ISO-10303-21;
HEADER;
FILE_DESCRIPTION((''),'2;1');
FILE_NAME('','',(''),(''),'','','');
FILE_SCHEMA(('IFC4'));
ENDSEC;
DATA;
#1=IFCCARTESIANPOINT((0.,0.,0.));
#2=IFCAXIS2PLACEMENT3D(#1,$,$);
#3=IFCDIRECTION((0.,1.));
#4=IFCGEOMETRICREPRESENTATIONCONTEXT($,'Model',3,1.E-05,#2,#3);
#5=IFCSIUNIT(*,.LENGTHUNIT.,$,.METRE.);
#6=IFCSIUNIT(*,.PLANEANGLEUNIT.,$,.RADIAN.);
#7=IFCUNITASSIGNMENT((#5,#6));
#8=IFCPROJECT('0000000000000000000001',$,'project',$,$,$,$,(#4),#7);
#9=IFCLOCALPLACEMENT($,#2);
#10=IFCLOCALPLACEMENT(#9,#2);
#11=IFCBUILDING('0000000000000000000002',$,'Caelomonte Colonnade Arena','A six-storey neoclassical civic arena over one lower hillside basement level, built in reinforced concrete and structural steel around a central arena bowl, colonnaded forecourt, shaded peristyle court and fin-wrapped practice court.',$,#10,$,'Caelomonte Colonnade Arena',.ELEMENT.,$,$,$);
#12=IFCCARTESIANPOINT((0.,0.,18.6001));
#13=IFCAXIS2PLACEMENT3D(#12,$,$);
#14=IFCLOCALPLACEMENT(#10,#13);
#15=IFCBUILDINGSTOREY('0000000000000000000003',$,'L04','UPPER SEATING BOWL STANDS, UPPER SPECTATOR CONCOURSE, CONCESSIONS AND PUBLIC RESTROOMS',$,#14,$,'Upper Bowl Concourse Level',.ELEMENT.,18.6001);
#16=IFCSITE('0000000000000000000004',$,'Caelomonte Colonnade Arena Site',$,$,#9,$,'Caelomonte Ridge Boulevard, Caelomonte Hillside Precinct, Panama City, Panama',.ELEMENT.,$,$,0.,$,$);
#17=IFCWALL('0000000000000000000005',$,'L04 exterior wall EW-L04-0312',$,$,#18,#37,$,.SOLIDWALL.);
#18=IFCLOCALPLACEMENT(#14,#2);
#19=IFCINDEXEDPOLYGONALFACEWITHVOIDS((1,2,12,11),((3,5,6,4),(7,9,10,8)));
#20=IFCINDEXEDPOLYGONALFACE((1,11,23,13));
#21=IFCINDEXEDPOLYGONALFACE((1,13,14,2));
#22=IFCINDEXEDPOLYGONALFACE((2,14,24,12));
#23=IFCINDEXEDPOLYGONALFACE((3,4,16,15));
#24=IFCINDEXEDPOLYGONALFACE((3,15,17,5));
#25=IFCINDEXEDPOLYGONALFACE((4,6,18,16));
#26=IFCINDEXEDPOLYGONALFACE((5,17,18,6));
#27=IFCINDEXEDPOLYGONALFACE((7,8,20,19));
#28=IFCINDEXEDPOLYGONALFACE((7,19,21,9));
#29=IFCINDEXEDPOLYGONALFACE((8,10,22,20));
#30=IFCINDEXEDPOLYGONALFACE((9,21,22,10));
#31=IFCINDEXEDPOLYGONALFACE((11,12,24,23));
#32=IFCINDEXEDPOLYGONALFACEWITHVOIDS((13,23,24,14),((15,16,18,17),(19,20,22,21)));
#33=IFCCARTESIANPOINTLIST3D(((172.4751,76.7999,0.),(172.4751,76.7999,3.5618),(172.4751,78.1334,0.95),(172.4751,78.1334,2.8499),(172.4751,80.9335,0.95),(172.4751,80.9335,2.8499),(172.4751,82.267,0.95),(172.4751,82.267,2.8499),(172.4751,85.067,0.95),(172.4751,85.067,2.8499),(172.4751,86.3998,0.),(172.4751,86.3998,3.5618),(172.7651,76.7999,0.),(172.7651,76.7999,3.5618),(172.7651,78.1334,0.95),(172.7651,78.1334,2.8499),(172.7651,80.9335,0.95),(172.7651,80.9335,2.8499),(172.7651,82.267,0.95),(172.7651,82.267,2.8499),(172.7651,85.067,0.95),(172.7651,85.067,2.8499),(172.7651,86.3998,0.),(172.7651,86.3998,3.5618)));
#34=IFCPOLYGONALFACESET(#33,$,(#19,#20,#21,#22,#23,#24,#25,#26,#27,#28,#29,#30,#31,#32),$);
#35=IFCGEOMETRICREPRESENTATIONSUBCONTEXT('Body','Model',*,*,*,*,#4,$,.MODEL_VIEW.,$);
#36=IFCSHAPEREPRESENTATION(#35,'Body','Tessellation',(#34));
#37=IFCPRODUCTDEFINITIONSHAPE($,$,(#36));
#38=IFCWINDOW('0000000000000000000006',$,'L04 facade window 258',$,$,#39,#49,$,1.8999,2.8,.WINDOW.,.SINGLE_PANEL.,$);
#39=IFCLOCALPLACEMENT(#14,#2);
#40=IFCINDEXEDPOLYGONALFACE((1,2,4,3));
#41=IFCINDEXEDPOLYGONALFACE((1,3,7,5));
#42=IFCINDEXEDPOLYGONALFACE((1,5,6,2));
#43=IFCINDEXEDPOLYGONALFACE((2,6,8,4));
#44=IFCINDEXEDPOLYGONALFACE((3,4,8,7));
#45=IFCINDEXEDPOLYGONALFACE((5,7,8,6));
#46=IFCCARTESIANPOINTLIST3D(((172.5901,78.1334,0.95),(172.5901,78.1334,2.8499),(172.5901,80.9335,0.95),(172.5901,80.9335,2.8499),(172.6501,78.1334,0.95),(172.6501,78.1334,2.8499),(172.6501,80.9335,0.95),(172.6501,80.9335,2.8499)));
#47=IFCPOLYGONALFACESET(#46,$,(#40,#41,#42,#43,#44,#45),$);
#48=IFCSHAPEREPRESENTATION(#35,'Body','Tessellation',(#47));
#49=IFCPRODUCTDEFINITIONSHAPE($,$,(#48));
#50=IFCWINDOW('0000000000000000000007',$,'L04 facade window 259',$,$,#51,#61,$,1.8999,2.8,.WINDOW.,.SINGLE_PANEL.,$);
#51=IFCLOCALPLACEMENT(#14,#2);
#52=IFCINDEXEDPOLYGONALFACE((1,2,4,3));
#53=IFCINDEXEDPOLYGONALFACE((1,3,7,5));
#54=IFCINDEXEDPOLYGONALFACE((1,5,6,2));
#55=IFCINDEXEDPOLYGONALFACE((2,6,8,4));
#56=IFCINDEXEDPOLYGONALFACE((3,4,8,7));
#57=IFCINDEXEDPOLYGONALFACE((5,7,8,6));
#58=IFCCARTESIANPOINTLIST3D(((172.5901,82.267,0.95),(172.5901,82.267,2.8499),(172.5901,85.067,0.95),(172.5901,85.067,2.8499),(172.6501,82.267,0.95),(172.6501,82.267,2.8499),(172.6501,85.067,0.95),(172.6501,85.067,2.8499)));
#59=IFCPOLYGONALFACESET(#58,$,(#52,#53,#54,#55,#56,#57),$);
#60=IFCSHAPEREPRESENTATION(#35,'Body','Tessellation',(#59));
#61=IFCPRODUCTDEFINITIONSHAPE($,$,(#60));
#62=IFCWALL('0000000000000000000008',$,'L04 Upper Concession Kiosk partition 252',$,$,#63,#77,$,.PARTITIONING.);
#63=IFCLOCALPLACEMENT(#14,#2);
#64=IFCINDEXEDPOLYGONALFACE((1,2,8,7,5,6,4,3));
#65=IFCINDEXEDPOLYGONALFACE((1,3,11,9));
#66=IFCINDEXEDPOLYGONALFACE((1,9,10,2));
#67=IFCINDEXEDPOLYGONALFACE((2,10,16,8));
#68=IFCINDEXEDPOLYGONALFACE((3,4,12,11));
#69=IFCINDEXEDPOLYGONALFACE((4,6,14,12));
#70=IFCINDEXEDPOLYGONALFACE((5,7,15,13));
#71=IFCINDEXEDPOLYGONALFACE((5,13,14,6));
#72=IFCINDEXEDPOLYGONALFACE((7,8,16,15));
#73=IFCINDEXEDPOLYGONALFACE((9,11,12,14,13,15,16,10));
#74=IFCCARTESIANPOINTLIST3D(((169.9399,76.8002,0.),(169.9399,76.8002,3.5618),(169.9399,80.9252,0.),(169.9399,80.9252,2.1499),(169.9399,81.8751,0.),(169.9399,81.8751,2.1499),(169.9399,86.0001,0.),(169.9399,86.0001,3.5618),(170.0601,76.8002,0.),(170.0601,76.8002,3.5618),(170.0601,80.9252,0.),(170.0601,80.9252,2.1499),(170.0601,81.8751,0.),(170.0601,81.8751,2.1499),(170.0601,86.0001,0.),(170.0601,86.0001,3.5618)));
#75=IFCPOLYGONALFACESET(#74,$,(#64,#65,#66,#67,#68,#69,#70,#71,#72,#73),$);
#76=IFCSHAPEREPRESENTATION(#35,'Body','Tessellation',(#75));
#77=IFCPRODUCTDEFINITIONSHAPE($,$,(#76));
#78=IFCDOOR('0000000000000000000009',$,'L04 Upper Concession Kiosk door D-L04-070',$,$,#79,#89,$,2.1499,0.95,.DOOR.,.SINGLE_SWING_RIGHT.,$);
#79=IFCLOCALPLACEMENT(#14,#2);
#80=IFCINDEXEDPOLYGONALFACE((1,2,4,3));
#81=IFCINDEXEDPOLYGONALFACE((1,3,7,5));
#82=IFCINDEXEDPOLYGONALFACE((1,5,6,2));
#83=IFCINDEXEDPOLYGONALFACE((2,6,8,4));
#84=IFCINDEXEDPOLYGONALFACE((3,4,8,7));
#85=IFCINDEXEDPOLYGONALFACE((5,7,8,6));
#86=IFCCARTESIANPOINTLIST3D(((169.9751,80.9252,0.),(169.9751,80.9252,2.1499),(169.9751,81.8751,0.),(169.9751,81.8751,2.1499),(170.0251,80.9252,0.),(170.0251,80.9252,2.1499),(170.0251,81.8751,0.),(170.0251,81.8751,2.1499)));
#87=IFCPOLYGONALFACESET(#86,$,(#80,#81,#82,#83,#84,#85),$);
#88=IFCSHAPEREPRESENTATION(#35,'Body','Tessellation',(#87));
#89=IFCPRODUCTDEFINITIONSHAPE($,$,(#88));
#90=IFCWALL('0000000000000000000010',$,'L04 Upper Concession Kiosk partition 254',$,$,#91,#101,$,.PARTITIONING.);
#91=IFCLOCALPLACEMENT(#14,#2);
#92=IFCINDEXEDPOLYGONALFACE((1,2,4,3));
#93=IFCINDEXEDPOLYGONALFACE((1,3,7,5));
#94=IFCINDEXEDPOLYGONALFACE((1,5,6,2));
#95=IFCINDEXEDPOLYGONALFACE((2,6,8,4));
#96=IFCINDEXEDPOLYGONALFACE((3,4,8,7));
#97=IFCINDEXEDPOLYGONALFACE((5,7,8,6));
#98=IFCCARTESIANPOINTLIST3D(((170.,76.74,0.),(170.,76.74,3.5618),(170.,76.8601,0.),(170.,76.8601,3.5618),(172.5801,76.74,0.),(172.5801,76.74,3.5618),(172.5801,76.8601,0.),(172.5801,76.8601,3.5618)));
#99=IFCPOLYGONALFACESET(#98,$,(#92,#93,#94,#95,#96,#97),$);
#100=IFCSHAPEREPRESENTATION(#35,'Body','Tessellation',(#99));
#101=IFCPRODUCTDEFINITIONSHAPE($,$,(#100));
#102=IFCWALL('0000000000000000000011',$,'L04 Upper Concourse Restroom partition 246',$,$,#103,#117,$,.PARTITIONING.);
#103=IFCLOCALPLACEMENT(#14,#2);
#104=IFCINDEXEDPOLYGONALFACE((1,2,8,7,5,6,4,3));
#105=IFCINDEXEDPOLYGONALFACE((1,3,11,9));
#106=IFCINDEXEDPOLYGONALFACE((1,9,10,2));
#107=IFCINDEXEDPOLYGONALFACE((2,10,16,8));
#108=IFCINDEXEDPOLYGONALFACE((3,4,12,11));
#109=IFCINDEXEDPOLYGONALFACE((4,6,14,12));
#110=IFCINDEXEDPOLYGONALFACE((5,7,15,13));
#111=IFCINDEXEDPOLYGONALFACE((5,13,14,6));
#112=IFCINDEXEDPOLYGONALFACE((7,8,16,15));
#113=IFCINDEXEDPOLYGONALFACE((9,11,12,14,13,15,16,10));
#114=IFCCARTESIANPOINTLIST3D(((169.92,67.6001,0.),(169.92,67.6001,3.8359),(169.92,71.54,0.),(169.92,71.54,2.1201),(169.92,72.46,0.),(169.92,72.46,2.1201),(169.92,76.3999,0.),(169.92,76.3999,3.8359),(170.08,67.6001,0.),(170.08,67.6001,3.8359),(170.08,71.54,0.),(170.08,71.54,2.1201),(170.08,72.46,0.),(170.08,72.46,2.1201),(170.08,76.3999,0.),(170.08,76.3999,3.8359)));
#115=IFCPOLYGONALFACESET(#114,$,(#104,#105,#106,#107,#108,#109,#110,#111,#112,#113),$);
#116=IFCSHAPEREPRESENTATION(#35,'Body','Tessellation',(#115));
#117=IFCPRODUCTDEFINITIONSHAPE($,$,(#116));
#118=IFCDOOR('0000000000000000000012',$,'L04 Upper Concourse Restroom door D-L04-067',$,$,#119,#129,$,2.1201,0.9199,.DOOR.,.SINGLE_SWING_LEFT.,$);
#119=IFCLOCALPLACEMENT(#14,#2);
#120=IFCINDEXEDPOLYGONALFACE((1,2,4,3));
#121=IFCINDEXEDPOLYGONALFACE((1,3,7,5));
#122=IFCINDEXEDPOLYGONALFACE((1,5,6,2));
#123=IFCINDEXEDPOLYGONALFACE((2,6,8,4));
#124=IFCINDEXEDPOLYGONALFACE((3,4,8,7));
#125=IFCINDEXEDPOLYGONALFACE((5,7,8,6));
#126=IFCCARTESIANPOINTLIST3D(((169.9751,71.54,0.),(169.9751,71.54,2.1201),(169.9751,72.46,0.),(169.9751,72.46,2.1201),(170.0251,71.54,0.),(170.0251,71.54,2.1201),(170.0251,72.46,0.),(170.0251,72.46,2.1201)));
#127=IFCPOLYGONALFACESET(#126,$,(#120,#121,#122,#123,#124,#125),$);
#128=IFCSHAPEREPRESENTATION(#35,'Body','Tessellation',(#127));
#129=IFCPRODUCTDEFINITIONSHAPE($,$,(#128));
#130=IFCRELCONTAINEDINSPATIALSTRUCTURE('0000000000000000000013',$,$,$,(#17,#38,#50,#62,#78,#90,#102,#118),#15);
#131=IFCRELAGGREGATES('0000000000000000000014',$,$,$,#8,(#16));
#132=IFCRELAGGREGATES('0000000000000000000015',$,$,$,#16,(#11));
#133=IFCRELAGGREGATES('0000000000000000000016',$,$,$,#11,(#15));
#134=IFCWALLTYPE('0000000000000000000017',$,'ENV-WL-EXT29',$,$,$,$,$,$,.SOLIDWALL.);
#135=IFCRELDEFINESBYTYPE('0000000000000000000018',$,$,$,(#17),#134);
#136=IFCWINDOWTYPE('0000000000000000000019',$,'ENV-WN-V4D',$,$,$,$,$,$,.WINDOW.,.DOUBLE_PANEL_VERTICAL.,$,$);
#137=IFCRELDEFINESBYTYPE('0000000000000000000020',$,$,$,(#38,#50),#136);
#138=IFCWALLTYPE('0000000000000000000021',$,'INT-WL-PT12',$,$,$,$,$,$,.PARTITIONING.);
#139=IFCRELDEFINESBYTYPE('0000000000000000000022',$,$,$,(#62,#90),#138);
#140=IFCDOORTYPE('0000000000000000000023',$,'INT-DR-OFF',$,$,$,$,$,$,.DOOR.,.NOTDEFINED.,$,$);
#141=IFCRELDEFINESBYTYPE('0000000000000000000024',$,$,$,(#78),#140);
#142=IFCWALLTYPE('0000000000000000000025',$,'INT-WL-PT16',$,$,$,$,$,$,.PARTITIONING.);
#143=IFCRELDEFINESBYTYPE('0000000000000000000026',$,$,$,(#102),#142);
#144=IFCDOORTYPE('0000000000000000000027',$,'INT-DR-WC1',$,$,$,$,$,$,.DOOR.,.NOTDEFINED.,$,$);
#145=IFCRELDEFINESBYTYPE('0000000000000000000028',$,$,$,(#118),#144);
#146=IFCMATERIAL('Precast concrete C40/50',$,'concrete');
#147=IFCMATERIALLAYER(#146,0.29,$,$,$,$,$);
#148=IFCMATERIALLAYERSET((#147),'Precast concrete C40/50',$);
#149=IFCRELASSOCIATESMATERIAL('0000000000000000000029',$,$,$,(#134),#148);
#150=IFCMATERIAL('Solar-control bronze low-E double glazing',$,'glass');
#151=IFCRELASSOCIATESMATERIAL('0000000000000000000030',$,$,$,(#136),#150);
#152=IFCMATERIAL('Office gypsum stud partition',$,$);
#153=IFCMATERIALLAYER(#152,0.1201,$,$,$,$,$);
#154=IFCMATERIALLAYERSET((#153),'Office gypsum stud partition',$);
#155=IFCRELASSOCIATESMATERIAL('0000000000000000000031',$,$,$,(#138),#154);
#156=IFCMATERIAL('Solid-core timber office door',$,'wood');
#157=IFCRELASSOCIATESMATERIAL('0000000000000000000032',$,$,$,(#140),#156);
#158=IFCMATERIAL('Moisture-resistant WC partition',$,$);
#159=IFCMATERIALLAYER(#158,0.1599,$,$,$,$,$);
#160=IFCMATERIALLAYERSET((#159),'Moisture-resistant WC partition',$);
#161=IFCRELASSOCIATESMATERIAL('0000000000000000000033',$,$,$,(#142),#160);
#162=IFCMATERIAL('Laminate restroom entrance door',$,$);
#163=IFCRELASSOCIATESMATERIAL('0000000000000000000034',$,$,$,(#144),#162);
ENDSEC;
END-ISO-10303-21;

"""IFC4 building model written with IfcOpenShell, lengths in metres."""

from ifc_helpers import new_model, si_unit, direction, frame, frame_2d, origin, place, context, subcontext, project, spatial, rectangle, extrude, material, layer, layer_set, type_object, element, fill, save


model = new_model("IFC4")

# Units and contexts
model_context = context("Model", 3, precision=1e-05, world=origin(), true_north=direction((0.0, 1.0)))
body_context = subcontext(model_context, "Body", "Model", "MODEL_VIEW")
ifc_project = project(units=[si_unit("LENGTHUNIT", "METRE"), si_unit("PLANEANGLEUNIT", "RADIAN")], contexts=[model_context])

# Site, building, storey
site_placement = place(None, origin())
site = spatial("IfcSite", under=ifc_project, at=site_placement, Name="Caelomonte Colonnade Arena Site", LongName="Caelomonte Ridge Boulevard, Caelomonte Hillside Precinct, Panama City, Panama", CompositionType="ELEMENT", RefElevation=0.0)
building_placement = place(site_placement, origin())
building = spatial("IfcBuilding", under=site, at=building_placement, Name="Caelomonte Colonnade Arena", Description="A six-storey neoclassical civic arena over one lower hillside basement level, built in reinforced concrete and structural steel around a central arena bowl, colonnaded forecourt, shaded peristyle court and fin-wrapped practice court.", LongName="Caelomonte Colonnade Arena", CompositionType="ELEMENT")
storey_placement = place(building_placement, frame((0.0, 0.0, 18.6001)))
storey = spatial("IfcBuildingStorey", under=building, at=storey_placement, Name="L04", Description="UPPER SEATING BOWL STANDS, UPPER SPECTATOR CONCOURSE, CONCESSIONS AND PUBLIC RESTROOMS", LongName="Upper Bowl Concourse Level", CompositionType="ELEMENT", Elevation=18.6001)

# Shared definitions
ifc_material_1 = material(Name="Precast concrete C40/50", Category="concrete")
ifc_layer_1 = layer(ifc_material_1, 0.29)
ifc_layer_set_1 = layer_set([ifc_layer_1], Name="Precast concrete C40/50")
wall_type_1 = type_object("IfcWallType", Name="ENV-WL-EXT29", PredefinedType="SOLIDWALL", material=ifc_layer_set_1)
ifc_material_2 = material(Name="Solar-control bronze low-E double glazing", Category="glass")
window_type = type_object("IfcWindowType", Name="ENV-WN-V4D", PartitioningType="DOUBLE_PANEL_VERTICAL", PredefinedType="WINDOW", material=ifc_material_2)

# Wall, openings, windows
wall_1_placement = place(storey_placement, frame((172.6201, 76.8, 0.0), z_axis=(0.0, 0.0, 1.0), x_axis=(0.0, 1.0, 0.0)))
wall_1 = element("IfcWall", 1, at=wall_1_placement, inside=storey, type_object=wall_type_1, Name="L04 exterior wall EW-L04-0312", PredefinedType="SOLIDWALL", context=body_context, shape_type="SweptSolid", body=[
    extrude(rectangle(XDim=9.5999, YDim=0.29, at=frame_2d((4.7998, 0.0))), origin(), (0.0, 0.0, 1.0), 3.5618),
])
opening_1_placement = place(wall_1_placement, frame((4.1333, 0.0, 0.95), z_axis=(0.0, 0.0, 1.0), x_axis=(-1.0, 0.0, 0.0)))
opening_1 = element("IfcOpeningElement", 2, at=opening_1_placement, cuts=wall_1, PredefinedType="OPENING", context=body_context, shape_type="SweptSolid", body=[
    extrude(rectangle(XDim=2.8, YDim=1.8999, at=frame_2d((1.3999, 0.95))), frame((0.0, 0.155, 0.0), z_axis=(0.0, -1.0, 0.0), x_axis=(1.0, 0.0, 0.0)), (0.0, 0.0, 1.0), 0.3101),
])
opening_2_placement = place(wall_1_placement, frame((8.2668, 0.0, 0.95), z_axis=(0.0, 0.0, 1.0), x_axis=(-1.0, 0.0, 0.0)))
opening_2 = element("IfcOpeningElement", 3, at=opening_2_placement, cuts=wall_1, PredefinedType="OPENING", context=body_context, shape_type="SweptSolid", body=[
    extrude(rectangle(XDim=2.8, YDim=1.8999, at=frame_2d((1.3999, 0.95))), frame((0.0, 0.155, 0.0), z_axis=(0.0, -1.0, 0.0), x_axis=(1.0, 0.0, 0.0)), (0.0, 0.0, 1.0), 0.3101),
])
window_1_placement = place(opening_1_placement, origin())
window_1 = element("IfcWindow", 4, at=window_1_placement, inside=storey, type_object=window_type, Name="L04 facade window 258", OverallHeight=1.8999, OverallWidth=2.8, PartitioningType="SINGLE_PANEL", PredefinedType="WINDOW", context=body_context, shape_type="SweptSolid", body=[
    extrude(rectangle(XDim=2.8, YDim=1.8999, at=frame_2d((1.3999, 0.95))), frame((0.0, 0.03, 0.0), z_axis=(0.0, -1.0, 0.0), x_axis=(1.0, 0.0, 0.0)), (0.0, 0.0, 1.0), 0.0601),
])
fill(opening_1, window_1)
window_2_placement = place(opening_2_placement, origin())
window_2 = element("IfcWindow", 5, at=window_2_placement, inside=storey, type_object=window_type, Name="L04 facade window 259", OverallHeight=1.8999, OverallWidth=2.8, PartitioningType="SINGLE_PANEL", PredefinedType="WINDOW", context=body_context, shape_type="SweptSolid", body=[
    extrude(rectangle(XDim=2.8, YDim=1.8999, at=frame_2d((1.3999, 0.95))), frame((0.0, 0.03, 0.0), z_axis=(0.0, -1.0, 0.0), x_axis=(1.0, 0.0, 0.0)), (0.0, 0.0, 1.0), 0.0601),
])
fill(opening_2, window_2)

# Wall, opening, door
ifc_material_3 = material(Name="Office gypsum stud partition")
ifc_layer_2 = layer(ifc_material_3, 0.1201)
ifc_layer_set_2 = layer_set([ifc_layer_2], Name="Office gypsum stud partition")
wall_type_2 = type_object("IfcWallType", Name="INT-WL-PT12", PredefinedType="PARTITIONING", material=ifc_layer_set_2)
wall_2_placement = place(storey_placement, frame((170.0, 76.8, 0.0), z_axis=(0.0, 0.0, 1.0), x_axis=(0.0, 1.0, 0.0)))
wall_2 = element("IfcWall", 6, at=wall_2_placement, inside=storey, type_object=wall_type_2, Name="L04 Upper Concession Kiosk partition 252", PredefinedType="PARTITIONING", context=body_context, shape_type="SweptSolid", body=[
    extrude(rectangle(XDim=9.2, YDim=0.1201, at=frame_2d((4.6001, 0.0))), origin(), (0.0, 0.0, 1.0), 3.5618),
])
opening_3_placement = place(wall_2_placement, frame((4.125, 0.0, 0.0), z_axis=(0.0, 0.0, 1.0), x_axis=(1.0, 0.0, 0.0)))
opening_3 = element("IfcOpeningElement", 7, at=opening_3_placement, cuts=wall_2, PredefinedType="OPENING", context=body_context, shape_type="SweptSolid", body=[
    extrude(rectangle(XDim=0.95, YDim=2.1499, at=frame_2d((0.4751, 1.075))), frame((0.0, 0.0701, 0.0), z_axis=(0.0, -1.0, 0.0), x_axis=(1.0, 0.0, 0.0)), (0.0, 0.0, 1.0), 0.1401),
])
ifc_material_4 = material(Name="Solid-core timber office door", Category="wood")
door_type_1 = type_object("IfcDoorType", Name="INT-DR-OFF", OperationType="NOTDEFINED", PredefinedType="DOOR", material=ifc_material_4)
door_1_placement = place(opening_3_placement, origin())
door_1 = element("IfcDoor", 8, at=door_1_placement, inside=storey, type_object=door_type_1, Name="L04 Upper Concession Kiosk door D-L04-070", OperationType="SINGLE_SWING_RIGHT", OverallHeight=2.1499, OverallWidth=0.95, PredefinedType="DOOR", context=body_context, shape_type="SweptSolid", body=[
    extrude(rectangle(XDim=0.95, YDim=2.1499, at=frame_2d((0.4751, 1.075))), frame((0.0, 0.0249, 0.0), z_axis=(0.0, -1.0, 0.0), x_axis=(1.0, 0.0, 0.0)), (0.0, 0.0, 1.0), 0.05),
])
fill(opening_3, door_1)

# Wall
wall_3_placement = place(storey_placement, frame((172.5801, 76.8, 0.0), z_axis=(0.0, 0.0, 1.0), x_axis=(-1.0, 0.0, 0.0)))
element("IfcWall", 9, at=wall_3_placement, inside=storey, type_object=wall_type_2, Name="L04 Upper Concession Kiosk partition 254", PredefinedType="PARTITIONING", context=body_context, shape_type="SweptSolid", body=[
    extrude(rectangle(XDim=2.5801, YDim=0.1201, at=frame_2d((1.29, 0.0))), origin(), (0.0, 0.0, 1.0), 3.5618),
])

# Wall, opening, door
ifc_material_5 = material(Name="Moisture-resistant WC partition")
ifc_layer_3 = layer(ifc_material_5, 0.1599)
ifc_layer_set_3 = layer_set([ifc_layer_3], Name="Moisture-resistant WC partition")
wall_type_3 = type_object("IfcWallType", Name="INT-WL-PT16", PredefinedType="PARTITIONING", material=ifc_layer_set_3)
wall_4_placement = place(storey_placement, frame((170.0, 67.6001, 0.0), z_axis=(0.0, 0.0, 1.0), x_axis=(0.0, 1.0, 0.0)))
wall_4 = element("IfcWall", 10, at=wall_4_placement, inside=storey, type_object=wall_type_3, Name="L04 Upper Concourse Restroom partition 246", PredefinedType="PARTITIONING", context=body_context, shape_type="SweptSolid", body=[
    extrude(rectangle(XDim=8.7998, YDim=0.1599, at=frame_2d((4.3999, 0.0))), origin(), (0.0, 0.0, 1.0), 3.8359),
])
opening_4_placement = place(wall_4_placement, frame((3.9399, 0.0, 0.0), z_axis=(0.0, 0.0, 1.0), x_axis=(1.0, 0.0, 0.0)))
opening_4 = element("IfcOpeningElement", 11, at=opening_4_placement, cuts=wall_4, PredefinedType="OPENING", context=body_context, shape_type="SweptSolid", body=[
    extrude(rectangle(XDim=0.9199, YDim=2.1201, at=frame_2d((0.46, 1.0601))), frame((0.0, 0.0898, 0.0), z_axis=(0.0, -1.0, 0.0), x_axis=(1.0, 0.0, 0.0)), (0.0, 0.0, 1.0), 0.1799),
])
ifc_material_6 = material(Name="Laminate restroom entrance door")
door_type_2 = type_object("IfcDoorType", Name="INT-DR-WC1", OperationType="NOTDEFINED", PredefinedType="DOOR", material=ifc_material_6)
door_2_placement = place(opening_4_placement, origin())
door_2 = element("IfcDoor", 12, at=door_2_placement, inside=storey, type_object=door_type_2, Name="L04 Upper Concourse Restroom door D-L04-067", OperationType="SINGLE_SWING_LEFT", OverallHeight=2.1201, OverallWidth=0.9199, PredefinedType="DOOR", context=body_context, shape_type="SweptSolid", body=[
    extrude(rectangle(XDim=0.9199, YDim=2.1201, at=frame_2d((0.46, 1.0601))), frame((0.0, 0.0249, 0.0), z_axis=(0.0, -1.0, 0.0), x_axis=(1.0, 0.0, 0.0)), (0.0, 0.0, 1.0), 0.05),
])
fill(opening_4, door_2)

save(model, "model.ifc")
